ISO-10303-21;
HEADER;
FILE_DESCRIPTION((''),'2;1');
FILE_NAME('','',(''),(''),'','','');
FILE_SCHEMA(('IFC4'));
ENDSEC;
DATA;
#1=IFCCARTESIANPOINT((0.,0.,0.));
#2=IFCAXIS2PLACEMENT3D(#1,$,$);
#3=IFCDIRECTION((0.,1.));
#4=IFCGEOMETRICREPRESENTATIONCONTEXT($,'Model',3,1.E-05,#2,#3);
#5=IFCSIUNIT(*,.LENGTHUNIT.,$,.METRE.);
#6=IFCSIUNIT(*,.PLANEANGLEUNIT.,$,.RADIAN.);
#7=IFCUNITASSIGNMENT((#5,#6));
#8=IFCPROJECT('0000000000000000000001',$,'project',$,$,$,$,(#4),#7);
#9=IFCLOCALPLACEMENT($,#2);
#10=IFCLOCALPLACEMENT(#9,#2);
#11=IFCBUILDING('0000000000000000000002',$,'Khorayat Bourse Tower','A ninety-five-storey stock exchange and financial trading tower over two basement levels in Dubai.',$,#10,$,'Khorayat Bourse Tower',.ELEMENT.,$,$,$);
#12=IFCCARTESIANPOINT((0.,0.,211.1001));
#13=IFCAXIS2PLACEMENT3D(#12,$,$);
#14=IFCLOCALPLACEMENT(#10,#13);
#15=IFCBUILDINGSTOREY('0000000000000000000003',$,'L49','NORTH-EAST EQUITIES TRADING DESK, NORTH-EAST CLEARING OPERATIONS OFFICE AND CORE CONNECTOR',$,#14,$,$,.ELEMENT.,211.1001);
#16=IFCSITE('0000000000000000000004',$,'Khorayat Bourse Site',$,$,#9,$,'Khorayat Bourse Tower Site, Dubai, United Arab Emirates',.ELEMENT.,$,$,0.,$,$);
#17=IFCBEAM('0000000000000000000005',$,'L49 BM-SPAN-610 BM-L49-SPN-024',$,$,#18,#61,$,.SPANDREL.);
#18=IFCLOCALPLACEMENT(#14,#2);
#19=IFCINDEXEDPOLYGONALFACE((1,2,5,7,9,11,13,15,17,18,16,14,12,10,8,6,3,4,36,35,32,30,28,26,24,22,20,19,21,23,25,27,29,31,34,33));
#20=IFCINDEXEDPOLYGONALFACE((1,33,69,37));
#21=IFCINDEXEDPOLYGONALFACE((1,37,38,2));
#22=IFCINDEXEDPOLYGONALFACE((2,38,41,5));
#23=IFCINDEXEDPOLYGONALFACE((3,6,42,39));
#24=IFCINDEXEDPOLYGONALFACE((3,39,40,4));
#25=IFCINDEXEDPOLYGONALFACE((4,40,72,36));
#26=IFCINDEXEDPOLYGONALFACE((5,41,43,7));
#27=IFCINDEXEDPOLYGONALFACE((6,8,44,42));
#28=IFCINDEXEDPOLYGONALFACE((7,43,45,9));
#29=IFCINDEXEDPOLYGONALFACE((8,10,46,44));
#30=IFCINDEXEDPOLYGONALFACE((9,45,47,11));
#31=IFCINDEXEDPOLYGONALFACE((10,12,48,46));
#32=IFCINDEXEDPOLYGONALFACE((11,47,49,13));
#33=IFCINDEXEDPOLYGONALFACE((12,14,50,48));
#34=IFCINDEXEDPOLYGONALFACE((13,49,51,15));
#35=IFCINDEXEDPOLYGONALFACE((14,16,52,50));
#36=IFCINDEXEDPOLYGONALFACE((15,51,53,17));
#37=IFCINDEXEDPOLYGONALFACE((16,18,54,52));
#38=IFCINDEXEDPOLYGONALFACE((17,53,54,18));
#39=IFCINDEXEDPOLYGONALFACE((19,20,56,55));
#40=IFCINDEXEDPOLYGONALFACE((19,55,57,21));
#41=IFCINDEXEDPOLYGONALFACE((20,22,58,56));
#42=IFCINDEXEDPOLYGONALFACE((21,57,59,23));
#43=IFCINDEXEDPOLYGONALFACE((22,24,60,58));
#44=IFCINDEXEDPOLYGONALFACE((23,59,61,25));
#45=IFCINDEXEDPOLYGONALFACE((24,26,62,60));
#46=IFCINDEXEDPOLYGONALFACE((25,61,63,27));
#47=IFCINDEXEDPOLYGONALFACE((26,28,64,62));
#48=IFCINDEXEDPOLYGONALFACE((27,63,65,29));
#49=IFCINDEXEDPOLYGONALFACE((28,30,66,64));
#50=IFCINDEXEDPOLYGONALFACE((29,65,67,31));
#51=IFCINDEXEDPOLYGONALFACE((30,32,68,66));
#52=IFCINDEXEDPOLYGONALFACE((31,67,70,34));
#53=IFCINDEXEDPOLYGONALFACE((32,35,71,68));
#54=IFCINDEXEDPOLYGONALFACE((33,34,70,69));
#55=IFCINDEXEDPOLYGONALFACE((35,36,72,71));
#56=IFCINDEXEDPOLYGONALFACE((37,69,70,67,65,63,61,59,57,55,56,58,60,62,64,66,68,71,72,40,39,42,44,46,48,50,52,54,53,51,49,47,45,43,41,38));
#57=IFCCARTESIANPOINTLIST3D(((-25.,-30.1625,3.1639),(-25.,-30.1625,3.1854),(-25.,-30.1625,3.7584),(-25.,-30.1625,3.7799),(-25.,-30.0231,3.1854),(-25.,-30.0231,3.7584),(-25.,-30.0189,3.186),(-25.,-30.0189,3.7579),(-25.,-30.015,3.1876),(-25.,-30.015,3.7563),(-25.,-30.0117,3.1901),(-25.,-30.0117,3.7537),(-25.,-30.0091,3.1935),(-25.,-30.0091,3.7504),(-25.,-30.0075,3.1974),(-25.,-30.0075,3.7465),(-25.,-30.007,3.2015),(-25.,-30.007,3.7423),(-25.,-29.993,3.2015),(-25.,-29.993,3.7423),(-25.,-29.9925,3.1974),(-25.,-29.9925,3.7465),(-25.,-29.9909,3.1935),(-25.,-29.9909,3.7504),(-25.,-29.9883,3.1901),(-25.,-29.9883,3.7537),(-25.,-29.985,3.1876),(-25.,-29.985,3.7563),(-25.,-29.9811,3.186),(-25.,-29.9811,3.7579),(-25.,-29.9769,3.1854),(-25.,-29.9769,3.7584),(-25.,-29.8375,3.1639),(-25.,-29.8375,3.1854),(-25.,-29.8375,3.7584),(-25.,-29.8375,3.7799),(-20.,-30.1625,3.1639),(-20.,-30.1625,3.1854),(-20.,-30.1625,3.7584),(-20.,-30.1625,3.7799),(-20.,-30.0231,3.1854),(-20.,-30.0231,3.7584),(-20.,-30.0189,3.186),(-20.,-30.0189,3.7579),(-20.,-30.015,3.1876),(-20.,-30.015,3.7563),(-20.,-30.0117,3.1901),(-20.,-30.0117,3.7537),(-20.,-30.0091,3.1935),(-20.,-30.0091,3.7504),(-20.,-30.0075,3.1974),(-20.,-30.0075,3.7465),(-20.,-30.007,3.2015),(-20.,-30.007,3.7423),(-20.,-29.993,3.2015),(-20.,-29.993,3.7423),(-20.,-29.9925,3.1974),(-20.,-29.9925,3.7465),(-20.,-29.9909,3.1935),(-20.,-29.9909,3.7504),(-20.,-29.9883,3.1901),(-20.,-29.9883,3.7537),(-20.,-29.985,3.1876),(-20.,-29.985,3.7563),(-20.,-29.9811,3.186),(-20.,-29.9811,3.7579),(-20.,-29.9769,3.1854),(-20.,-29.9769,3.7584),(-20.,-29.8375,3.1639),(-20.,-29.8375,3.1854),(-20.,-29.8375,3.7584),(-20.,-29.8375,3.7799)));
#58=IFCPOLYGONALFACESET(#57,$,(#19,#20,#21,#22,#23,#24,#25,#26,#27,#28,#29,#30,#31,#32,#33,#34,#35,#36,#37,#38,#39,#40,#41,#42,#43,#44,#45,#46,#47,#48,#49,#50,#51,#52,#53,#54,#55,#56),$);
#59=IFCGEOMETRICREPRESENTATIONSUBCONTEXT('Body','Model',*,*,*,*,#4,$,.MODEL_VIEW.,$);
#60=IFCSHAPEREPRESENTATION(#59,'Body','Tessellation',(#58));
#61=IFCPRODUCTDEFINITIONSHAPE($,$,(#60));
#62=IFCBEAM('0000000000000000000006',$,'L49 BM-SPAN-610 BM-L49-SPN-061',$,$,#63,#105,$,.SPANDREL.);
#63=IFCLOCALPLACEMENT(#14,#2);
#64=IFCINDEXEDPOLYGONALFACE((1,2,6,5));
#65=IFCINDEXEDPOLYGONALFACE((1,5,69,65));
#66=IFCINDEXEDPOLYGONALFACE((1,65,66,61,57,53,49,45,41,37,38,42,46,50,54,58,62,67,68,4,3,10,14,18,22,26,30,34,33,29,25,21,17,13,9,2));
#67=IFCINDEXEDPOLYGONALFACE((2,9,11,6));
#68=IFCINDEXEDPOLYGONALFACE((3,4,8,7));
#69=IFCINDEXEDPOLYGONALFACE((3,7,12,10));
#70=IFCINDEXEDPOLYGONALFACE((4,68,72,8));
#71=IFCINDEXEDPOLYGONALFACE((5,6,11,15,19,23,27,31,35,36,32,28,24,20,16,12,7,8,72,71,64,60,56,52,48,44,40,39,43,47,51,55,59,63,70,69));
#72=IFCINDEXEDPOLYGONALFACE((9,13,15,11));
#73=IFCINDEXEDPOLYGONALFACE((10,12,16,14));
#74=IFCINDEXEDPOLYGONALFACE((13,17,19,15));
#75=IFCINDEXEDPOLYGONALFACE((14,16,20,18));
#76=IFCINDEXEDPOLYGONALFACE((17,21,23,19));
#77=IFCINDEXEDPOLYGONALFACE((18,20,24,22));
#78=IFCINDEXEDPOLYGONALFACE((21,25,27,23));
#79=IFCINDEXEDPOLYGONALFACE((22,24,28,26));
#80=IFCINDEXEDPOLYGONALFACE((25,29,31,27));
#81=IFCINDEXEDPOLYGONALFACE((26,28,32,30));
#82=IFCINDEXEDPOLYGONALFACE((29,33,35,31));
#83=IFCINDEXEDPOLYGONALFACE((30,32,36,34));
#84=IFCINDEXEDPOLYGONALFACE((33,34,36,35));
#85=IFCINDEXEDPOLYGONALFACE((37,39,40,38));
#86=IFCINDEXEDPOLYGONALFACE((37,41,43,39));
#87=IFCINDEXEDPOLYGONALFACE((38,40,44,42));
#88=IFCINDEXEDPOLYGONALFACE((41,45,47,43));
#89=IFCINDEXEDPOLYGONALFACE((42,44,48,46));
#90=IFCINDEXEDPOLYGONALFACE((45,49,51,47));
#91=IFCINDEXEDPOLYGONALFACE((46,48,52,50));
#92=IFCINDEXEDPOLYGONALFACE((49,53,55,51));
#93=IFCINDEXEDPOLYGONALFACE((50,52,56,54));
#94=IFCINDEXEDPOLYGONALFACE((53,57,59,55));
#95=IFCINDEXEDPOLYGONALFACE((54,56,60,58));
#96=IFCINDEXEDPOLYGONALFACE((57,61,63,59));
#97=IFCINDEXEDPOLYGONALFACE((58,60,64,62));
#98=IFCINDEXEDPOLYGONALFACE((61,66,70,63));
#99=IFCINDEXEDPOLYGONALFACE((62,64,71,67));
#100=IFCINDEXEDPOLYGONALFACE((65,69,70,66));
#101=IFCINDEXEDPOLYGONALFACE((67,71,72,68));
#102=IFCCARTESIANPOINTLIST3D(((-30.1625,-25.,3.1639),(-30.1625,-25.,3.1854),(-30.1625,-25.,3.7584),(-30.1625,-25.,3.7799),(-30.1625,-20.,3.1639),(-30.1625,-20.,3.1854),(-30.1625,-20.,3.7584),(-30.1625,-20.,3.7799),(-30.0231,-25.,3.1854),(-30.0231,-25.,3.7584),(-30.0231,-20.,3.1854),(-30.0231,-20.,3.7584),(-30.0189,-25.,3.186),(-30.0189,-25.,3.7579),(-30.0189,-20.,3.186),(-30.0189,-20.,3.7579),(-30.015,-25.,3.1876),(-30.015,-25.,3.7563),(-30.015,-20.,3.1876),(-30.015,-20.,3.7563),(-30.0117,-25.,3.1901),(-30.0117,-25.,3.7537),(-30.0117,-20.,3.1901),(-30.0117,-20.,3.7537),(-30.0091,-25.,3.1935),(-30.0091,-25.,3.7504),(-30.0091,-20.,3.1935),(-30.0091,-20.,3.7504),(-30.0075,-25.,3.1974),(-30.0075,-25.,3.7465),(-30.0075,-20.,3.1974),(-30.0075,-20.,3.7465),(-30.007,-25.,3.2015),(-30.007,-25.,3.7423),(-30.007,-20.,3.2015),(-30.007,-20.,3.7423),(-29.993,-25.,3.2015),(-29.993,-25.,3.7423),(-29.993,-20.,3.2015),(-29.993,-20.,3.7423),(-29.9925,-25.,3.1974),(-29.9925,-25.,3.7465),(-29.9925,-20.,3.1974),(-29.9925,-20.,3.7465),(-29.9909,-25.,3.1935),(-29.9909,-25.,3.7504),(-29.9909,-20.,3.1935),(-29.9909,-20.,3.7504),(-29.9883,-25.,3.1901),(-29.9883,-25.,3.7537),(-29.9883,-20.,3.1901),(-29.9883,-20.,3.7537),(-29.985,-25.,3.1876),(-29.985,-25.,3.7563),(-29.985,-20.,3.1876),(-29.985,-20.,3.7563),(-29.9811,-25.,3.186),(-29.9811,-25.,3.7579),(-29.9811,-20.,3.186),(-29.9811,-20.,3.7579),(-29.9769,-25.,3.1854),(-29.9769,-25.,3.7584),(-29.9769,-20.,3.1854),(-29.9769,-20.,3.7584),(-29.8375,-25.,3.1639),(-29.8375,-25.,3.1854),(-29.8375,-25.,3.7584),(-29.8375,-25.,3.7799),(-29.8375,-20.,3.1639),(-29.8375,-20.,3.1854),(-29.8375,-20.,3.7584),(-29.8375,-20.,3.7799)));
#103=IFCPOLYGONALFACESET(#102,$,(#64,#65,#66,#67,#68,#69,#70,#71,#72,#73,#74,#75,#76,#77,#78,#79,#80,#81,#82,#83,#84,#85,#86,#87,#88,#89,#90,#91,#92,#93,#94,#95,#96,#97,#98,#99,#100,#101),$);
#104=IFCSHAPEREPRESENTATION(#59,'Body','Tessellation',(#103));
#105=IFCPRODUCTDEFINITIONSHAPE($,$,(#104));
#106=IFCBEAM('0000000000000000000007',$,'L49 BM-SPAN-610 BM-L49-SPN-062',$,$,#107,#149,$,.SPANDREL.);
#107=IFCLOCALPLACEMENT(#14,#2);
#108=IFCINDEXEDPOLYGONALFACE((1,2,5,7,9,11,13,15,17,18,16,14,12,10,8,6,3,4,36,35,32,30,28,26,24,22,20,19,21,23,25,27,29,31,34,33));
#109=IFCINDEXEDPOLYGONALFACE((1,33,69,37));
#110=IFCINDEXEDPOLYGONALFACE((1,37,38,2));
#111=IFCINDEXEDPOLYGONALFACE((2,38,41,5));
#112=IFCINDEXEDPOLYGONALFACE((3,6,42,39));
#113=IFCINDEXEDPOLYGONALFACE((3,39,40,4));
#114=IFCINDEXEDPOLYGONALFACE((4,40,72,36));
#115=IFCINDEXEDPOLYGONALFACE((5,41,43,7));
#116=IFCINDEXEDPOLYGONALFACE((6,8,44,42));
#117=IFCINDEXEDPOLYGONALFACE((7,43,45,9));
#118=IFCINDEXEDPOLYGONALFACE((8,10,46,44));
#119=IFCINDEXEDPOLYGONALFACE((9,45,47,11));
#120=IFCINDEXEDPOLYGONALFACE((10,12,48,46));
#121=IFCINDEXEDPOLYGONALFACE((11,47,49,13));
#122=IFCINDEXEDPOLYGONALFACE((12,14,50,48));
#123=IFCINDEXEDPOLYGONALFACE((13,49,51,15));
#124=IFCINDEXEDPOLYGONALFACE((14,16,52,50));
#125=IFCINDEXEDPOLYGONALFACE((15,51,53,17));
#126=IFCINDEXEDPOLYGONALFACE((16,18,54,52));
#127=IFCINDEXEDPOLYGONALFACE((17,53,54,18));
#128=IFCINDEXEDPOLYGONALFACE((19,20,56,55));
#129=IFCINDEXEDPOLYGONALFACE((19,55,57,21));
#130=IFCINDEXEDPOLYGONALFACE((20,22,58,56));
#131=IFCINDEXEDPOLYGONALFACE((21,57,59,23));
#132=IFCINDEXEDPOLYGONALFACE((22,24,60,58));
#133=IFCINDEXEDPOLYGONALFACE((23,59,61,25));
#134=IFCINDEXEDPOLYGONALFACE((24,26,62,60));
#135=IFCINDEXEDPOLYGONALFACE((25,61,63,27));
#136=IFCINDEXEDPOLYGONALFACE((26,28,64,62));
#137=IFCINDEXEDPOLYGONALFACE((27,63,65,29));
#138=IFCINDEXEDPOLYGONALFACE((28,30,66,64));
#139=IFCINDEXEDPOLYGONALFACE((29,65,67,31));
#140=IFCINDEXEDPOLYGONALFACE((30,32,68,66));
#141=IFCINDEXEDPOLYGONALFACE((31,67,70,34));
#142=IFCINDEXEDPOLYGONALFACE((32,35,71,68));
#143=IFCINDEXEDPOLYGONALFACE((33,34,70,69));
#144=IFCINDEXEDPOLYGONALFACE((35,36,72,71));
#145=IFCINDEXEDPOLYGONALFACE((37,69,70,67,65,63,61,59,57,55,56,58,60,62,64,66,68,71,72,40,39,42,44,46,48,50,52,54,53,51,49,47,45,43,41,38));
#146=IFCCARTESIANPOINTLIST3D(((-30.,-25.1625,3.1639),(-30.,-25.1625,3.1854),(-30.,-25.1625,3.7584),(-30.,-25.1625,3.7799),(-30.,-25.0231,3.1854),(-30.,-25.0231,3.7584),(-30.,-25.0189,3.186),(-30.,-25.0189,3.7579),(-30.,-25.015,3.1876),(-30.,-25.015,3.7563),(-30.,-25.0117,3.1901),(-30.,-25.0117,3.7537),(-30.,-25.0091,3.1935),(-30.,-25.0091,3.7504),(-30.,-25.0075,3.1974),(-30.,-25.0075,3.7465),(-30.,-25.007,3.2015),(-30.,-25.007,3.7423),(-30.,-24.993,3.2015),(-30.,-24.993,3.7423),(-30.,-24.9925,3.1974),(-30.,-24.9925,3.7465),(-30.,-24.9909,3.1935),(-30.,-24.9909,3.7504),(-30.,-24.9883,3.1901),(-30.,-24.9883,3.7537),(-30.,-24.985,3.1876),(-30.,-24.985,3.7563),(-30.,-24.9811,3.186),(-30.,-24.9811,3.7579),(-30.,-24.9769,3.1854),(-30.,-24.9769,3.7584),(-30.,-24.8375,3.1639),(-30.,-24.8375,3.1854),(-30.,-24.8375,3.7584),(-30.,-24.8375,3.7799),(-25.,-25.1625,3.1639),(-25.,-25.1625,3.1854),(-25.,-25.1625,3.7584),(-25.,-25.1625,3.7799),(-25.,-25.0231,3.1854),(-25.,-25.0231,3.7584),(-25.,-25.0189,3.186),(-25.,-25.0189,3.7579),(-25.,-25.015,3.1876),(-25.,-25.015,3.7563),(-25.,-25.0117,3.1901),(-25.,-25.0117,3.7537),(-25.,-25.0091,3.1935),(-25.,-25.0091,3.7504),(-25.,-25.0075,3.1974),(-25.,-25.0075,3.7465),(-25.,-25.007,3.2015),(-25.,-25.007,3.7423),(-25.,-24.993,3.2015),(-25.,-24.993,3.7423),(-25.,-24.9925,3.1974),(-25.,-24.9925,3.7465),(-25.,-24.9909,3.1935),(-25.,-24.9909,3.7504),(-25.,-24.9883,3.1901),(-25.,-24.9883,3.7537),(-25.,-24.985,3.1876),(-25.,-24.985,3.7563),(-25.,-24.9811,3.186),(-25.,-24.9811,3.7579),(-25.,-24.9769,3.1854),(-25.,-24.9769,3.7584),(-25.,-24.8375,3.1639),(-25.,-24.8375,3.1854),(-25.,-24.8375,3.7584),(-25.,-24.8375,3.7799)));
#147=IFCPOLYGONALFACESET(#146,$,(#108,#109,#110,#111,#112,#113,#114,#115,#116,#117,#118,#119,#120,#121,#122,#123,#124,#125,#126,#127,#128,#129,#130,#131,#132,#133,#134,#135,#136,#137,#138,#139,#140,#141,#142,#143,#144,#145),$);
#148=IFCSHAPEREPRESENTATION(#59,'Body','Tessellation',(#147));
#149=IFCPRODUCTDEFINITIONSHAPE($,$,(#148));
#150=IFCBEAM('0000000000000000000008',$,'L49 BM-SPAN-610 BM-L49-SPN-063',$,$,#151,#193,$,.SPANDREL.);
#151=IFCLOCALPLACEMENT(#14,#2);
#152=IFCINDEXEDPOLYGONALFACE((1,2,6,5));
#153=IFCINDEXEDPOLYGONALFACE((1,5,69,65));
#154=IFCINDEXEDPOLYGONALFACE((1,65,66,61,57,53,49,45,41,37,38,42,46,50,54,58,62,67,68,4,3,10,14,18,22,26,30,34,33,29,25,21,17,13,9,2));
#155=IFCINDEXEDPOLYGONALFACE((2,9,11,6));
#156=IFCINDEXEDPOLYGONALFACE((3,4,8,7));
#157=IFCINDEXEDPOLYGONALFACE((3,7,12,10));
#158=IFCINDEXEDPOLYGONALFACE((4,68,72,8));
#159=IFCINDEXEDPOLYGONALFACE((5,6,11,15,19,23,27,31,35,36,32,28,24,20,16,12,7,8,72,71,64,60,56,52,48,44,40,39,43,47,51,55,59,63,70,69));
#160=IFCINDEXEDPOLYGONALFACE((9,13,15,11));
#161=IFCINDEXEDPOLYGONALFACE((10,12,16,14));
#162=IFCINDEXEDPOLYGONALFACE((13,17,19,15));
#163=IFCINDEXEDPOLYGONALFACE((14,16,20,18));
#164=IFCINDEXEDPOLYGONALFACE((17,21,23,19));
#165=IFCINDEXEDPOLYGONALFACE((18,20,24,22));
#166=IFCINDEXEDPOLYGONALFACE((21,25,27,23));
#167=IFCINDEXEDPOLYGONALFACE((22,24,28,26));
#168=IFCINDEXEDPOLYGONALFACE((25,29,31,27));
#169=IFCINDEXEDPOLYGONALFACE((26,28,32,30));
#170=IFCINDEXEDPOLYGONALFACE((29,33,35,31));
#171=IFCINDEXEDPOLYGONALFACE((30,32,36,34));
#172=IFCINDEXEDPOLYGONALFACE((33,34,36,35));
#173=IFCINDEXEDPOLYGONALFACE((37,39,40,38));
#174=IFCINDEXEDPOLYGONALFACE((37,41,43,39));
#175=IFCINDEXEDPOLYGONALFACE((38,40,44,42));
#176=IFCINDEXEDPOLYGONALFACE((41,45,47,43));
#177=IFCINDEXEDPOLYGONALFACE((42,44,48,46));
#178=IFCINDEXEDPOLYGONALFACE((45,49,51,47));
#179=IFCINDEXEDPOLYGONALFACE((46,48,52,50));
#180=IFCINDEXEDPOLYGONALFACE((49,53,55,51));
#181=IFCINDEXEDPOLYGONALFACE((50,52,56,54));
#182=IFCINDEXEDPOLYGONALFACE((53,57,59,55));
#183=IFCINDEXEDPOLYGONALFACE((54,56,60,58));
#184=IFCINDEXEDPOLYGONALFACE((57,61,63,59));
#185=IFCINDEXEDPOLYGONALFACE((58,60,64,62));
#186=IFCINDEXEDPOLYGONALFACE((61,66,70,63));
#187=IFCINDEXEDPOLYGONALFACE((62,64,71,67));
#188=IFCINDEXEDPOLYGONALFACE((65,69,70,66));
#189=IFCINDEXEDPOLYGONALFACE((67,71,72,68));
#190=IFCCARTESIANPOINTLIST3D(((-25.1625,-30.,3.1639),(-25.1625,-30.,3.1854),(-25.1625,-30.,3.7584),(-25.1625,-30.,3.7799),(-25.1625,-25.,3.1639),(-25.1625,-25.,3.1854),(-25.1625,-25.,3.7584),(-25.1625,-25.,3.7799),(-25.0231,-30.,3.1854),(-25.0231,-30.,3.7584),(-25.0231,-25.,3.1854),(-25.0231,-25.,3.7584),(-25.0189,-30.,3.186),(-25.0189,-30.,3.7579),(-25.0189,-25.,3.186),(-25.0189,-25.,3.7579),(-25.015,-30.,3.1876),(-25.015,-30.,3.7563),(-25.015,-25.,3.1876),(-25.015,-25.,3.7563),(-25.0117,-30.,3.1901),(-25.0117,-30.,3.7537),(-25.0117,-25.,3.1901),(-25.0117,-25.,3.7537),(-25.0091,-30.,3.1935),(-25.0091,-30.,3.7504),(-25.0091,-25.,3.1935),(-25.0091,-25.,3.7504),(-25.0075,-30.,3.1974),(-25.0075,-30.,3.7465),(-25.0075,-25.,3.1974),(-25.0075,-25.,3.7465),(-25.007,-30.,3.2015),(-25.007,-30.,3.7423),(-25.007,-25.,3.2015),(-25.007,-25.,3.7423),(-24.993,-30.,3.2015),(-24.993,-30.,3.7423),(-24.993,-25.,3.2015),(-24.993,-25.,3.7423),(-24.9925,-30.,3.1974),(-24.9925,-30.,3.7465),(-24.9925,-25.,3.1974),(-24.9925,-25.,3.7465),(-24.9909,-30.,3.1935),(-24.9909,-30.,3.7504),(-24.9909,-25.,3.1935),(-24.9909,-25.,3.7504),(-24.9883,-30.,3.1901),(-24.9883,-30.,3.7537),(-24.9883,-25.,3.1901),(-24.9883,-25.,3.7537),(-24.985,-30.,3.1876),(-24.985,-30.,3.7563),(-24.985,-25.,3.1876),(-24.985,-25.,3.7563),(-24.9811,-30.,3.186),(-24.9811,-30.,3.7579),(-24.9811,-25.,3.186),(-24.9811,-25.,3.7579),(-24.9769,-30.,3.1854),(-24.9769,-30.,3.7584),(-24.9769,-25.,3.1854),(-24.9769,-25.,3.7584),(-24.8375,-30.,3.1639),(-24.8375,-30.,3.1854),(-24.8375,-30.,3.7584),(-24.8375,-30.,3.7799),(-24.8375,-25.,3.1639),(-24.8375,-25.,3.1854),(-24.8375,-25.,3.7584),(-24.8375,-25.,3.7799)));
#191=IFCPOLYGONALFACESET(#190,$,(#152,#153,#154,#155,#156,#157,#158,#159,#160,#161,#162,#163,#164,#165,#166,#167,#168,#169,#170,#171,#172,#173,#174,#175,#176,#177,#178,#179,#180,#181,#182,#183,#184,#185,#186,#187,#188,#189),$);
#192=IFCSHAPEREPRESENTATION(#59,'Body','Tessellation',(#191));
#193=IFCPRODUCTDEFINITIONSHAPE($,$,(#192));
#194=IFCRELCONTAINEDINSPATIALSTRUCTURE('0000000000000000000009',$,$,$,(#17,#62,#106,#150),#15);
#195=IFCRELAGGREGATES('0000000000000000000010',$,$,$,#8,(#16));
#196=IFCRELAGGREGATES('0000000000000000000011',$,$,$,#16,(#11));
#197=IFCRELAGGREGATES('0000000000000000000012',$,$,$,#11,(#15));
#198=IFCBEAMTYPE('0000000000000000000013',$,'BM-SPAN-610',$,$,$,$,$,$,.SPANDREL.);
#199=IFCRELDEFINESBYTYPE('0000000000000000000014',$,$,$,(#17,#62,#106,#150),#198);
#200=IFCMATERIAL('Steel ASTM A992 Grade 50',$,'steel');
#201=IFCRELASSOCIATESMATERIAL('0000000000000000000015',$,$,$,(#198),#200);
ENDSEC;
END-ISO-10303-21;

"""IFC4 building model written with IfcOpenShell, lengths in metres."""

from ifc_helpers import new_model, si_unit, direction, frame, origin, origin_2d, place, context, subcontext, project, spatial, i_section, extrude, source, transform, mapped, material, material_profile, profile_set, type_object, element, save


model = new_model("IFC4")

# Units and contexts
model_context = context("Model", 3, precision=1e-05, world=origin(), true_north=direction((0.0, 1.0)))
body_context = subcontext(model_context, "Body", "Model", "MODEL_VIEW")
ifc_project = project(units=[si_unit("LENGTHUNIT", "METRE"), si_unit("PLANEANGLEUNIT", "RADIAN")], contexts=[model_context])

# Site, building, storey
site_placement = place(None, origin())
site = spatial("IfcSite", under=ifc_project, at=site_placement, Name="Khorayat Bourse Site", LongName="Khorayat Bourse Tower Site, Dubai, United Arab Emirates", CompositionType="ELEMENT", RefElevation=0.0)
building_placement = place(site_placement, origin())
building = spatial("IfcBuilding", under=site, at=building_placement, Name="Khorayat Bourse Tower", Description="A ninety-five-storey stock exchange and financial trading tower over two basement levels in Dubai.", LongName="Khorayat Bourse Tower", CompositionType="ELEMENT")
storey_placement = place(building_placement, frame((0.0, 0.0, 211.1001)))
storey = spatial("IfcBuildingStorey", under=building, at=storey_placement, Name="L49", Description="NORTH-EAST EQUITIES TRADING DESK, NORTH-EAST CLEARING OPERATIONS OFFICE AND CORE CONNECTOR", CompositionType="ELEMENT", Elevation=211.1001)

# Beams
ifc_material_1 = material(Name="Steel ASTM A992 Grade 50", Category="steel")
ifc_material_profile_1 = material_profile(ifc_material_1, i_section(OverallWidth=0.325, OverallDepth=0.616, WebThickness=0.0139, FlangeThickness=0.0215, FilletRadius=0.0161, at=origin_2d()), Name="W610X174")
ifc_profile_set_1 = profile_set([ifc_material_profile_1], Name="Steel ASTM A992 Grade 50")
beam_type_1 = type_object("IfcBeamType", Name="BM-SPAN-610", PredefinedType="SPANDREL", material=ifc_profile_set_1)
shared_shape_1 = source(origin(), body_context, "Body", "SweptSolid", [
    extrude(i_section(OverallWidth=0.325, OverallDepth=0.616, WebThickness=0.0139, FlangeThickness=0.0215, FilletRadius=0.0161, at=origin_2d()), origin(), (0.0, 0.0, 1.0), 5.0),
])
for number, where, z_axis, x_axis, name in (
    (1, (-25.0, -30.0, 3.4719), (1.0, 0.0, 0.0), (0.0, 1.0, 0.0), "L49 BM-SPAN-610 BM-L49-SPN-024"),
    (2, (-30.0, -25.0, 3.4719), (0.0, 1.0, 0.0), (-1.0, 0.0, 0.0), "L49 BM-SPAN-610 BM-L49-SPN-061"),
    (3, (-30.0, -25.0, 3.4719), (1.0, 0.0, 0.0), (0.0, 1.0, 0.0), "L49 BM-SPAN-610 BM-L49-SPN-062"),
    (4, (-25.0, -30.0, 3.4719), (0.0, 1.0, 0.0), (-1.0, 0.0, 0.0), "L49 BM-SPAN-610 BM-L49-SPN-063"),
):
    element("IfcBeam", number, at=place(storey_placement, frame(where, z_axis=z_axis, x_axis=x_axis)), inside=storey, type_object=beam_type_1, Name=name, PredefinedType="SPANDREL", context=body_context, shape_type="MappedRepresentation", body=[
        mapped(shared_shape_1, transform((0.0, 0.0, 0.0), scale=1.0)),
    ])

save(model, "model.ifc")
